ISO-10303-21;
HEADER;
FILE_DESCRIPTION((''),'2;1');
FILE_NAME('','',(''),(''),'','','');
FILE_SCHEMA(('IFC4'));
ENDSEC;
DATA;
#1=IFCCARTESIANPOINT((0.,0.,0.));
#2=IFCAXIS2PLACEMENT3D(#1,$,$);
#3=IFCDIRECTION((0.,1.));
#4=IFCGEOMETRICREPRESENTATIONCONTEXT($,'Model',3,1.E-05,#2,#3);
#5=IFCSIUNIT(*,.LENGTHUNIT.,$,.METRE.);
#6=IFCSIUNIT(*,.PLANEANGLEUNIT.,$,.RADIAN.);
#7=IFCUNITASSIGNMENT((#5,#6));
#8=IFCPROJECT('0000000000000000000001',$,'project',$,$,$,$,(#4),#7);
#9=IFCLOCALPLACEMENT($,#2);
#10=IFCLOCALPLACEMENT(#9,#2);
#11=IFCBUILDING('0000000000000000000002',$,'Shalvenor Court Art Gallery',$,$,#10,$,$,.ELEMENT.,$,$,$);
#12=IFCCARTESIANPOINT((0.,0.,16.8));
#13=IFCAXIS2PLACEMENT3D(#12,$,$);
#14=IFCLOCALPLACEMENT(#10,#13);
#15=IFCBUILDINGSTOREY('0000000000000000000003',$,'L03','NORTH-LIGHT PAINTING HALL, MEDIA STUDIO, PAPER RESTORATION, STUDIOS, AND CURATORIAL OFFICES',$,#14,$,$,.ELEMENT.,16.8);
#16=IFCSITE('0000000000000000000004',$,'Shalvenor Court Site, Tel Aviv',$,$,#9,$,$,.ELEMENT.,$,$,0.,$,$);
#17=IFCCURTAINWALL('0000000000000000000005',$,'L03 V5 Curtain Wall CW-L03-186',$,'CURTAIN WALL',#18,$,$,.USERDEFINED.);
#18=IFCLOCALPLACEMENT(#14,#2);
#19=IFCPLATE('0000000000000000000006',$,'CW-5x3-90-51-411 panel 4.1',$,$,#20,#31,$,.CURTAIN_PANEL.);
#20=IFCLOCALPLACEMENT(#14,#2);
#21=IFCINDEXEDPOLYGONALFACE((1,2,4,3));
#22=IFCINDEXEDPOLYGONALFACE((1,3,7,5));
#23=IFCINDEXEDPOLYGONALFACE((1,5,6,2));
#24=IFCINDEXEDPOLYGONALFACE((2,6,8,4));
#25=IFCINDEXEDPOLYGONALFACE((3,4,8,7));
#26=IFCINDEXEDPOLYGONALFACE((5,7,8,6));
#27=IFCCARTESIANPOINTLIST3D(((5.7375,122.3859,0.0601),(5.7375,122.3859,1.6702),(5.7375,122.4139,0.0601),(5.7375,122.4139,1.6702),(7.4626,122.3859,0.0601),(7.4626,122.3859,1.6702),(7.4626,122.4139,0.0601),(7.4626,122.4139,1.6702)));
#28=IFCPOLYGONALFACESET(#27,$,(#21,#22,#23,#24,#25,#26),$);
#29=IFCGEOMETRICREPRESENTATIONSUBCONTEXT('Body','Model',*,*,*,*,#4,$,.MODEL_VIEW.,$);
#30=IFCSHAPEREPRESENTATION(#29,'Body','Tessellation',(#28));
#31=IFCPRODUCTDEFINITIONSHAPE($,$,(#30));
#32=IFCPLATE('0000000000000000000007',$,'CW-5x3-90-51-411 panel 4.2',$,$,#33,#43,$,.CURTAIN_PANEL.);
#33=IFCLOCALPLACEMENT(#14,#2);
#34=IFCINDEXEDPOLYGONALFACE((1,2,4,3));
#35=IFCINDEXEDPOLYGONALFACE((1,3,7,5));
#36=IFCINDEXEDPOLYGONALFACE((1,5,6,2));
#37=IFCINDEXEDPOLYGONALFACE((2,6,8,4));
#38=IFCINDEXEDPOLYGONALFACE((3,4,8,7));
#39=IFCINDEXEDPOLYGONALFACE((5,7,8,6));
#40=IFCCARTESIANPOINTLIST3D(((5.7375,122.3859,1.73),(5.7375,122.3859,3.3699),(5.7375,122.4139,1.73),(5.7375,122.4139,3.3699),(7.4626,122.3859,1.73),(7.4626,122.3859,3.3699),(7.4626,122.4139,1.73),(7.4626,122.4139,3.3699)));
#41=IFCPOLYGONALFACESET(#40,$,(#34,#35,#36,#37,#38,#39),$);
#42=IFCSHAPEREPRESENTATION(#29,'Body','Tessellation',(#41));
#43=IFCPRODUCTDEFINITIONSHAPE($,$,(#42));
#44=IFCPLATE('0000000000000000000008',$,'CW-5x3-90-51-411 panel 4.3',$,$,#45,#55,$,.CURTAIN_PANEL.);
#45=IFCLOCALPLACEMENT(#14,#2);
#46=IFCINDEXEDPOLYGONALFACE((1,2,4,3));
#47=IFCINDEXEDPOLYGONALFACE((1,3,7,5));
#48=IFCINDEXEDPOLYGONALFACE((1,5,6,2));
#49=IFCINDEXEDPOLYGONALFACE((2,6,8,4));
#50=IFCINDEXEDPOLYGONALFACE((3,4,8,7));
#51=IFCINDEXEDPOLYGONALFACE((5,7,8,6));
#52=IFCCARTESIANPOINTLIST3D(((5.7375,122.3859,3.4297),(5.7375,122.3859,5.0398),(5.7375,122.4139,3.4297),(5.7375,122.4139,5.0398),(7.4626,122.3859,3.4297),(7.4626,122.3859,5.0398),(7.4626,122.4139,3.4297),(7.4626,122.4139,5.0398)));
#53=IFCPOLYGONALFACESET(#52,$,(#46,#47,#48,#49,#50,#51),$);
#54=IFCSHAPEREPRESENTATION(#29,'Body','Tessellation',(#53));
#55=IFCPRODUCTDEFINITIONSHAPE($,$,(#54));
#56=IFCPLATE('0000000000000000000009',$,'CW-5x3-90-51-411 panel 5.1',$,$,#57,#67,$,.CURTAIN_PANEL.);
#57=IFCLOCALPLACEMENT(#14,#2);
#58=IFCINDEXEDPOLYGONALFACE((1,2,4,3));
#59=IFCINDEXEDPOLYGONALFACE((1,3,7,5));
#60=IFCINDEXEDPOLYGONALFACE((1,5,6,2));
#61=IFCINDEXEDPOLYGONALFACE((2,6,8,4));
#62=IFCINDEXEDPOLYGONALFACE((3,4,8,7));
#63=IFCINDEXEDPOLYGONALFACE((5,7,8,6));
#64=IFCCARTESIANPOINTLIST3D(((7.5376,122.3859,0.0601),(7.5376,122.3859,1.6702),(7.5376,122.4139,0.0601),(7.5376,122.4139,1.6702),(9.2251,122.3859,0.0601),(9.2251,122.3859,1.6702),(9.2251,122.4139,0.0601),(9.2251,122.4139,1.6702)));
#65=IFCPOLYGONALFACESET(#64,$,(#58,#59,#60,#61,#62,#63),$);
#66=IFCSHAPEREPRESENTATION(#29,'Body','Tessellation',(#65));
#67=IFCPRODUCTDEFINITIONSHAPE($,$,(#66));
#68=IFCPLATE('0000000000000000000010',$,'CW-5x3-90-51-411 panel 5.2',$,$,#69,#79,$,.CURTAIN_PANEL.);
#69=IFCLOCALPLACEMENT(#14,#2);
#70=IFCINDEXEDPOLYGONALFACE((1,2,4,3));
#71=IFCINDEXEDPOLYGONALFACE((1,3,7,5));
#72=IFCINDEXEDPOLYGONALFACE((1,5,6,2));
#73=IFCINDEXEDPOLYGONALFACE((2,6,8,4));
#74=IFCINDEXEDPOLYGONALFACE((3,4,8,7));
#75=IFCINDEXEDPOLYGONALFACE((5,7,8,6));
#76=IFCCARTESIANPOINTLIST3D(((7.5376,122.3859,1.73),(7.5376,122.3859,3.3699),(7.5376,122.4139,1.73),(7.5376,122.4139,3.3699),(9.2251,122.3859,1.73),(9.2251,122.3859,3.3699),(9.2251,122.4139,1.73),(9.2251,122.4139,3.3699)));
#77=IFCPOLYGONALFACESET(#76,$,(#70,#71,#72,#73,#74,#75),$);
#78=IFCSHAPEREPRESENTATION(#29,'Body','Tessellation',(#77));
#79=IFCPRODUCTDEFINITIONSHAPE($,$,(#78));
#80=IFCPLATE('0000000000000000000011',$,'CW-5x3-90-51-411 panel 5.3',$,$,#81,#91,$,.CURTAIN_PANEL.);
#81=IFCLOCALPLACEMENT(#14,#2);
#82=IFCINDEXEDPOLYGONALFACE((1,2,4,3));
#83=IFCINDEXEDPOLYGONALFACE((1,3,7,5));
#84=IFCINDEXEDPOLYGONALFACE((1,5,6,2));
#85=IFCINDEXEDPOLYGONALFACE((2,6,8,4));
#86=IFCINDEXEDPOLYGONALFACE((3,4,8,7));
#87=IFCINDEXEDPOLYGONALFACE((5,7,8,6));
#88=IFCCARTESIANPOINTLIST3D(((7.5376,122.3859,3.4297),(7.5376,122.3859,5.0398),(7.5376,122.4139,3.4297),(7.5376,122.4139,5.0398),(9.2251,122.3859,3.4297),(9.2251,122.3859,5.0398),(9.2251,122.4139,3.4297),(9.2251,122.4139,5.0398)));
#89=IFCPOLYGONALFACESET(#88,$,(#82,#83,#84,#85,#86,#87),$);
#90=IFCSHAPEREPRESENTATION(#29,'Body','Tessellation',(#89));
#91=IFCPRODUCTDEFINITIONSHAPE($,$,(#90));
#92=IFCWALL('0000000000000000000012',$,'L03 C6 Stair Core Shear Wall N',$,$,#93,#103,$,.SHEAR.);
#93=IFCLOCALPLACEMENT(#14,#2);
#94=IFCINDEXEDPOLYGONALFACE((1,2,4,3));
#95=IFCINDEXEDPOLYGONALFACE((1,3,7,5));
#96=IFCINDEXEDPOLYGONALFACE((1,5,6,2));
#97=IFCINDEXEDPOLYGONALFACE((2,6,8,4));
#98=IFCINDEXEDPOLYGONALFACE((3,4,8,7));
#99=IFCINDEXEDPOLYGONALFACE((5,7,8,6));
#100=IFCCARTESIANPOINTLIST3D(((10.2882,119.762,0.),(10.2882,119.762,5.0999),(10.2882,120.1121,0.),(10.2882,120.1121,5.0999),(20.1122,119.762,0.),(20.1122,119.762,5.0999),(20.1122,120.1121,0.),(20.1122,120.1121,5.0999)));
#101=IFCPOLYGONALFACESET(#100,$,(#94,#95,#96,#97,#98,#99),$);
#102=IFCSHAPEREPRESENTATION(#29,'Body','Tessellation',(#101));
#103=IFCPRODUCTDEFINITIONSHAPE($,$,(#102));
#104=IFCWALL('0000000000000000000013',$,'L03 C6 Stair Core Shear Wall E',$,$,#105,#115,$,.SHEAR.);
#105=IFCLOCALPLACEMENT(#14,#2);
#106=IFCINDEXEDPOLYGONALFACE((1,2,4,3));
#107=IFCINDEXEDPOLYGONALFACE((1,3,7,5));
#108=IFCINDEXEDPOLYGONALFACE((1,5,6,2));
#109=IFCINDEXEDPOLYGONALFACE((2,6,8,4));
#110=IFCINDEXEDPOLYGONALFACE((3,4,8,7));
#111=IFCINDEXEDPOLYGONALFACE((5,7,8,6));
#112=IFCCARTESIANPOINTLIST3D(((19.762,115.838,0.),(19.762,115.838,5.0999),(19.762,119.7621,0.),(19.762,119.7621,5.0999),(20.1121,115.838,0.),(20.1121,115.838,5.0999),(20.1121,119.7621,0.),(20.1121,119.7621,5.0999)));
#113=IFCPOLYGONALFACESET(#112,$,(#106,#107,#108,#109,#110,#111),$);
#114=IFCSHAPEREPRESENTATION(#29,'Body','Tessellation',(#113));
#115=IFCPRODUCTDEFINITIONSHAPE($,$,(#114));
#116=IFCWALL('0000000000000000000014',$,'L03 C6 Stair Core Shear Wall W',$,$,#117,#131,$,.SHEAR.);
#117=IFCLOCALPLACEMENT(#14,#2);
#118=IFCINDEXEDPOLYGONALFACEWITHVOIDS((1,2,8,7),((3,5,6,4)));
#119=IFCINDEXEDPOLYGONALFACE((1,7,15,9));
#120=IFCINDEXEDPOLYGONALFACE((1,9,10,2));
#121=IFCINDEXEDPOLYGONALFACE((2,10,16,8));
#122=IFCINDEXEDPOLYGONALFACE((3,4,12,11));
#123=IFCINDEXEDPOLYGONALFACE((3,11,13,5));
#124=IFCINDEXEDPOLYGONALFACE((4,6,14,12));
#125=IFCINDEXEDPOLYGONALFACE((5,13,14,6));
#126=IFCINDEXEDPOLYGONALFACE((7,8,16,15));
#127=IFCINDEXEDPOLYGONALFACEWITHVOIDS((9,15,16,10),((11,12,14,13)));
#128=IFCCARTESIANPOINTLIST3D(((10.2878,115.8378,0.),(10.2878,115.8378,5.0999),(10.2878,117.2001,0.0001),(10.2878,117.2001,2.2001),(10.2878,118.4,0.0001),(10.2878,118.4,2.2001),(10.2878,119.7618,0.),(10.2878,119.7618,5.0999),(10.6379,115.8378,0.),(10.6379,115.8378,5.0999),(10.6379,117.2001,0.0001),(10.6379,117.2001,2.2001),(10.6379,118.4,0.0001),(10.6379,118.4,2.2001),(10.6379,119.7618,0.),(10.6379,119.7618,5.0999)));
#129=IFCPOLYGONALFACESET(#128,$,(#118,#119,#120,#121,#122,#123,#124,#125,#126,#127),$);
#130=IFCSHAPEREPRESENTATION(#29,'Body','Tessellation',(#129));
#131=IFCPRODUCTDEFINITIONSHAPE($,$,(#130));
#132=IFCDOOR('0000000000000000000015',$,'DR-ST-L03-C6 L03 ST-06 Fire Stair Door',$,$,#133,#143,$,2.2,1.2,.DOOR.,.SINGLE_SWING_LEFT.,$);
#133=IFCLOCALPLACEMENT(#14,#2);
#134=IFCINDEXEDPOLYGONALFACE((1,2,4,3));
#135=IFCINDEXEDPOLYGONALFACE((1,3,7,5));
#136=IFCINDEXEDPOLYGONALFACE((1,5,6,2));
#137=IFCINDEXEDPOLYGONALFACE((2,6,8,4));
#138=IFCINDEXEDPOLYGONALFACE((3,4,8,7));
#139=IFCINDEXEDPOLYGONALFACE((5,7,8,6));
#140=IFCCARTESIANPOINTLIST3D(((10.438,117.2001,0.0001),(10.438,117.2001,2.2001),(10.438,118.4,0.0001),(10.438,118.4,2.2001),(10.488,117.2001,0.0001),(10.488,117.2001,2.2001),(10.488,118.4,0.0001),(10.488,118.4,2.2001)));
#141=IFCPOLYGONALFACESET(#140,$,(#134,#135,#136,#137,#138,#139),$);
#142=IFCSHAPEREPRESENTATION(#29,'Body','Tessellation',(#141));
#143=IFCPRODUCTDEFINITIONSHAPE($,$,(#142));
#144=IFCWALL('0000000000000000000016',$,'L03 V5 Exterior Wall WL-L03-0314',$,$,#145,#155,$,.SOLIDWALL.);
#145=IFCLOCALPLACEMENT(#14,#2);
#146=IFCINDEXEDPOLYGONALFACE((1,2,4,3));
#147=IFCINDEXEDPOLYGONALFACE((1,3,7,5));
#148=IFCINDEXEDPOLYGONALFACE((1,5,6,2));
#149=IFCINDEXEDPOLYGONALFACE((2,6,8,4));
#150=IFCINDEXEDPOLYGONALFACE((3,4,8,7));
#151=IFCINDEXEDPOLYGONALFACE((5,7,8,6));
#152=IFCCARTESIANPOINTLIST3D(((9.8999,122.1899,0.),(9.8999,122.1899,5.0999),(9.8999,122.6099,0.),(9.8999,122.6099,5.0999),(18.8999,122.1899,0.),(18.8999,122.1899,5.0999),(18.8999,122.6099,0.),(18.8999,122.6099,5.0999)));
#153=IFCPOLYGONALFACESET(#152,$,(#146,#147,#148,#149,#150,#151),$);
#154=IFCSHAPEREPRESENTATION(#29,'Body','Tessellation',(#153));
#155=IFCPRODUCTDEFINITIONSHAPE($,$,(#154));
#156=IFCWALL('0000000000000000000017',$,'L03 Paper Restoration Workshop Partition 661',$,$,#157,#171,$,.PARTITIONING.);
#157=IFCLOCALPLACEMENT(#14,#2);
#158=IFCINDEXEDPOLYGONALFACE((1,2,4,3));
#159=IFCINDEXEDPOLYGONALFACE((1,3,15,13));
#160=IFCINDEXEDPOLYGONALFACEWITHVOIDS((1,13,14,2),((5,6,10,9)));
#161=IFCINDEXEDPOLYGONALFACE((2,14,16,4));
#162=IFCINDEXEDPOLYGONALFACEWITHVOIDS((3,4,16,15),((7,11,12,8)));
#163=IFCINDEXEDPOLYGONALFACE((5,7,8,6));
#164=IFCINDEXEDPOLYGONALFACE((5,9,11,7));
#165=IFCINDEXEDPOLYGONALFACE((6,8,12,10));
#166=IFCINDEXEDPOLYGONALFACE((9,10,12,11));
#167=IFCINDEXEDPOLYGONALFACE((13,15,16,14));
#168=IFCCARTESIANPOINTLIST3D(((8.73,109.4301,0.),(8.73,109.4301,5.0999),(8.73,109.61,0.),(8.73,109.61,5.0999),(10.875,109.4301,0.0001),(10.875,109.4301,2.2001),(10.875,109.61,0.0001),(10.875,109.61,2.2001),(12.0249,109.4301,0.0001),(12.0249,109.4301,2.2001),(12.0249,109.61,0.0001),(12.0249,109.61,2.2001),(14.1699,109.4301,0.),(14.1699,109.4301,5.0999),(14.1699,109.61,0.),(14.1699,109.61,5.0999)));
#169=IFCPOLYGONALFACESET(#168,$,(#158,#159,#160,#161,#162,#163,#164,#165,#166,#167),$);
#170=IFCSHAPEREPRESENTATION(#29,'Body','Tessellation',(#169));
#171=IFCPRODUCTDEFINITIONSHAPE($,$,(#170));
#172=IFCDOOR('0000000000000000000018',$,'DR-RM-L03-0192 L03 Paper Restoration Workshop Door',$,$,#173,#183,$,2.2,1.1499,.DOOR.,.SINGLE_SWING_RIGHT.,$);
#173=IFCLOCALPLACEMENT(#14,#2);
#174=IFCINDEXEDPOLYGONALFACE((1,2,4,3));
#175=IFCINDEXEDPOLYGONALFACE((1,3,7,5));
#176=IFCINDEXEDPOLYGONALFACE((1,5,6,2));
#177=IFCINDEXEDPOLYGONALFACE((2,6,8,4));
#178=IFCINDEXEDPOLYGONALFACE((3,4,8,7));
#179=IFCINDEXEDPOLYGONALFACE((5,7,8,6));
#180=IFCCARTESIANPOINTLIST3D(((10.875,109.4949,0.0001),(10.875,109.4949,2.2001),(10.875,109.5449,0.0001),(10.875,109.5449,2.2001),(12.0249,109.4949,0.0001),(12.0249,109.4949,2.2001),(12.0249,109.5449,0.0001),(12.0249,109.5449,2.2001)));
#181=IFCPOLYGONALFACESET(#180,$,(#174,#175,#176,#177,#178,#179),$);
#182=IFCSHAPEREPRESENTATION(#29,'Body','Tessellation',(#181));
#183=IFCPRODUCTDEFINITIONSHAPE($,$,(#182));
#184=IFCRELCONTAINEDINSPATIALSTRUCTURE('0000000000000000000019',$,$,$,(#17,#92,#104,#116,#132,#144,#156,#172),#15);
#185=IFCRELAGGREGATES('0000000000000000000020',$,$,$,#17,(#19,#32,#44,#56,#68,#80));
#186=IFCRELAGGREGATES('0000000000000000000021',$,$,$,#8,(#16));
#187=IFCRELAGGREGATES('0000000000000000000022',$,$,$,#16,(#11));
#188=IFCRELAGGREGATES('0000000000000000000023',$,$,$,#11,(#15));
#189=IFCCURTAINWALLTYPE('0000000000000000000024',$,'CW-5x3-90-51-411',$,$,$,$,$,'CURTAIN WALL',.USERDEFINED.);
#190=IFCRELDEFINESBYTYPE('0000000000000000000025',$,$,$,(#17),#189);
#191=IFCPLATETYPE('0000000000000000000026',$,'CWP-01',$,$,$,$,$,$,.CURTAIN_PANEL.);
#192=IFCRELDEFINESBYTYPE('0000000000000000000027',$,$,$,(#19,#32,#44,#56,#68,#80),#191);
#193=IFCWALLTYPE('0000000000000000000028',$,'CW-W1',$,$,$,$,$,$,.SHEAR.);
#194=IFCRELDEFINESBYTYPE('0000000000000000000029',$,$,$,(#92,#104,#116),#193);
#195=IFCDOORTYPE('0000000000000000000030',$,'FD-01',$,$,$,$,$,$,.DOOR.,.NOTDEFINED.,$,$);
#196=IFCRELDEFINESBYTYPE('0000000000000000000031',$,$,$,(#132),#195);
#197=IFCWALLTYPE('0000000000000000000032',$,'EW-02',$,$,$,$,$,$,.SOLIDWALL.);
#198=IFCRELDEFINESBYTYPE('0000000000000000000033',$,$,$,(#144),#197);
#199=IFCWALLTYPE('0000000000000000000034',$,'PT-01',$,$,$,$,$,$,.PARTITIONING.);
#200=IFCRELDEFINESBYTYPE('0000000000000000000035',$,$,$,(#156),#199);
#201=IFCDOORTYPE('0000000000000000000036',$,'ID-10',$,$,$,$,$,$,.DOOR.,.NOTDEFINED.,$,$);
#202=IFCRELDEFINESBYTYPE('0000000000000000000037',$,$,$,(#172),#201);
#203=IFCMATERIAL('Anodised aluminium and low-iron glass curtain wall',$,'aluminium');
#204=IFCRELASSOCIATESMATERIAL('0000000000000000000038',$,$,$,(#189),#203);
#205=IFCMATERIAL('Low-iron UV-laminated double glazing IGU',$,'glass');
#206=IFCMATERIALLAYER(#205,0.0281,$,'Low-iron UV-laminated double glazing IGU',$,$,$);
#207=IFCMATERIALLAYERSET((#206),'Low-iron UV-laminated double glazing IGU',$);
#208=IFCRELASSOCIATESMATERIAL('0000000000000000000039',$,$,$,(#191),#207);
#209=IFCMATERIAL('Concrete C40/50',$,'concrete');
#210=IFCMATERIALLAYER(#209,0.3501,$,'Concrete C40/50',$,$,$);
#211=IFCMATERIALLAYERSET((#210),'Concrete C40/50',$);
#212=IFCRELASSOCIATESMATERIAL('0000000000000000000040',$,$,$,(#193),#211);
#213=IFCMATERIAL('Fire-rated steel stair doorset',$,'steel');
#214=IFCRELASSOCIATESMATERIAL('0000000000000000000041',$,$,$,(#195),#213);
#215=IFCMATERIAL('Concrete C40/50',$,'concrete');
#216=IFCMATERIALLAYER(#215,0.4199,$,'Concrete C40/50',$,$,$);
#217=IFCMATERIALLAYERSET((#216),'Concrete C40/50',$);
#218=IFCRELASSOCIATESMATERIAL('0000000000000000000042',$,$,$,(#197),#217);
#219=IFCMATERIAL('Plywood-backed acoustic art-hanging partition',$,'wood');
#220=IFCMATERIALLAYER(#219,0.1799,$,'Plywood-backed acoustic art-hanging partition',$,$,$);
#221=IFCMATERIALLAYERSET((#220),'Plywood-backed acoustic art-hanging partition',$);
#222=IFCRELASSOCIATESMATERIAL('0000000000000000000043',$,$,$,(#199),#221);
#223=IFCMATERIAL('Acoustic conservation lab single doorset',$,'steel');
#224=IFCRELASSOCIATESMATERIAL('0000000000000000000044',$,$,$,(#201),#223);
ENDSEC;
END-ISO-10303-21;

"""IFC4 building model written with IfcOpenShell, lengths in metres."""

from ifc_helpers import new_model, si_unit, direction, frame, frame_2d, origin, origin_2d, place, context, subcontext, project, spatial, rectangle, extrude, material, layer, layer_set, type_object, element, fill, aggregate, save


model = new_model("IFC4")

# Units and contexts
model_context = context("Model", 3, precision=1e-05, world=origin(), true_north=direction((0.0, 1.0)))
body_context = subcontext(model_context, "Body", "Model", "MODEL_VIEW")
ifc_project = project(units=[si_unit("LENGTHUNIT", "METRE"), si_unit("PLANEANGLEUNIT", "RADIAN")], contexts=[model_context])

# Site, building, storey
site_placement = place(None, origin())
site = spatial("IfcSite", under=ifc_project, at=site_placement, Name="Shalvenor Court Site, Tel Aviv", CompositionType="ELEMENT", RefElevation=0.0)
building_placement = place(site_placement, origin())
building = spatial("IfcBuilding", under=site, at=building_placement, Name="Shalvenor Court Art Gallery", CompositionType="ELEMENT")
storey_placement = place(building_placement, frame((0.0, 0.0, 16.8)))
storey = spatial("IfcBuildingStorey", under=building, at=storey_placement, Name="L03", Description="NORTH-LIGHT PAINTING HALL, MEDIA STUDIO, PAPER RESTORATION, STUDIOS, AND CURATORIAL OFFICES", CompositionType="ELEMENT", Elevation=16.8)

# Curtain wall
ifc_material_1 = material(Name="Anodised aluminium and low-iron glass curtain wall", Category="aluminium")
curtain_wall_type_1 = type_object("IfcCurtainWallType", Name="CW-5x3-90-51-411", ElementType="CURTAIN WALL", PredefinedType="USERDEFINED", material=ifc_material_1)
curtain_wall_1_placement = place(storey_placement, origin())
curtain_wall_1 = element("IfcCurtainWall", 1, at=curtain_wall_1_placement, inside=storey, type_object=curtain_wall_type_1, Name="L03 V5 Curtain Wall CW-L03-186", ObjectType="CURTAIN WALL", PredefinedType="USERDEFINED")

# Plates
ifc_material_2 = material(Name="Low-iron UV-laminated double glazing IGU", Category="glass")
ifc_layer_1 = layer(ifc_material_2, 0.0281, Name="Low-iron UV-laminated double glazing IGU")
ifc_layer_set_1 = layer_set([ifc_layer_1], Name="Low-iron UV-laminated double glazing IGU")
plate_type = type_object("IfcPlateType", Name="CWP-01", PredefinedType="CURTAIN_PANEL", material=ifc_layer_set_1)
plate_1_placement = place(storey_placement, frame((6.6001, 122.3999, 0.0601), z_axis=(0.0, 0.0, 1.0), x_axis=(1.0, 0.0, 0.0)))
plate_1 = element("IfcPlate", 2, at=plate_1_placement, type_object=plate_type, Name="CW-5x3-90-51-411 panel 4.1", PredefinedType="CURTAIN_PANEL", context=body_context, shape_type="SweptSolid", body=[
    extrude(rectangle(XDim=1.7251, YDim=0.0281, at=origin_2d()), origin(), (0.0, 0.0, 1.0), 1.6101),
])
plate_2_placement = place(storey_placement, frame((6.6001, 122.3999, 1.73), z_axis=(0.0, 0.0, 1.0), x_axis=(1.0, 0.0, 0.0)))
plate_2 = element("IfcPlate", 3, at=plate_2_placement, type_object=plate_type, Name="CW-5x3-90-51-411 panel 4.2", PredefinedType="CURTAIN_PANEL", context=body_context, shape_type="SweptSolid", body=[
    extrude(rectangle(XDim=1.7251, YDim=0.0281, at=origin_2d()), origin(), (0.0, 0.0, 1.0), 1.6399),
])
plate_3_placement = place(storey_placement, frame((6.6001, 122.3999, 3.4297), z_axis=(0.0, 0.0, 1.0), x_axis=(1.0, 0.0, 0.0)))
plate_3 = element("IfcPlate", 4, at=plate_3_placement, type_object=plate_type, Name="CW-5x3-90-51-411 panel 4.3", PredefinedType="CURTAIN_PANEL", context=body_context, shape_type="SweptSolid", body=[
    extrude(rectangle(XDim=1.7251, YDim=0.0281, at=origin_2d()), origin(), (0.0, 0.0, 1.0), 1.6101),
])
plate_4_placement = place(storey_placement, frame((8.3813, 122.3999, 0.0601), z_axis=(0.0, 0.0, 1.0), x_axis=(1.0, 0.0, 0.0)))
plate_4 = element("IfcPlate", 5, at=plate_4_placement, type_object=plate_type, Name="CW-5x3-90-51-411 panel 5.1", PredefinedType="CURTAIN_PANEL", context=body_context, shape_type="SweptSolid", body=[
    extrude(rectangle(XDim=1.6875, YDim=0.0281, at=origin_2d()), origin(), (0.0, 0.0, 1.0), 1.6101),
])
plate_5_placement = place(storey_placement, frame((8.3813, 122.3999, 1.73), z_axis=(0.0, 0.0, 1.0), x_axis=(1.0, 0.0, 0.0)))
plate_5 = element("IfcPlate", 6, at=plate_5_placement, type_object=plate_type, Name="CW-5x3-90-51-411 panel 5.2", PredefinedType="CURTAIN_PANEL", context=body_context, shape_type="SweptSolid", body=[
    extrude(rectangle(XDim=1.6875, YDim=0.0281, at=origin_2d()), origin(), (0.0, 0.0, 1.0), 1.6399),
])
plate_6_placement = place(storey_placement, frame((8.3813, 122.3999, 3.4297), z_axis=(0.0, 0.0, 1.0), x_axis=(1.0, 0.0, 0.0)))
plate_6 = element("IfcPlate", 7, at=plate_6_placement, type_object=plate_type, Name="CW-5x3-90-51-411 panel 5.3", PredefinedType="CURTAIN_PANEL", context=body_context, shape_type="SweptSolid", body=[
    extrude(rectangle(XDim=1.6875, YDim=0.0281, at=origin_2d()), origin(), (0.0, 0.0, 1.0), 1.6101),
])
aggregate(curtain_wall_1, [plate_1, plate_2, plate_3, plate_4, plate_5, plate_6])

# Walls
ifc_material_3 = material(Name="Concrete C40/50", Category="concrete")
ifc_layer_2 = layer(ifc_material_3, 0.3501, Name="Concrete C40/50")
ifc_layer_set_2 = layer_set([ifc_layer_2], Name="Concrete C40/50")
wall_type_1 = type_object("IfcWallType", Name="CW-W1", PredefinedType="SHEAR", material=ifc_layer_set_2)
wall_1_placement = place(storey_placement, frame((10.2881, 119.937, 0.0), z_axis=(0.0, 0.0, 1.0), x_axis=(1.0, 0.0, 0.0)))
element("IfcWall", 8, at=wall_1_placement, inside=storey, type_object=wall_type_1, Name="L03 C6 Stair Core Shear Wall N", PredefinedType="SHEAR", context=body_context, shape_type="SweptSolid", body=[
    extrude(rectangle(XDim=9.824, YDim=0.3501, at=frame_2d((4.9121, 0.0))), origin(), (0.0, 0.0, 1.0), 5.0999),
])
wall_2_placement = place(storey_placement, frame((19.937, 119.762, 0.0), z_axis=(0.0, 0.0, 1.0), x_axis=(0.0, -1.0, 0.0)))
element("IfcWall", 9, at=wall_2_placement, inside=storey, type_object=wall_type_1, Name="L03 C6 Stair Core Shear Wall E", PredefinedType="SHEAR", context=body_context, shape_type="SweptSolid", body=[
    extrude(rectangle(XDim=3.9241, YDim=0.3501, at=frame_2d((1.9619, 0.0))), origin(), (0.0, 0.0, 1.0), 5.0999),
])

# Wall, opening, door
wall_3_placement = place(storey_placement, frame((10.4629, 115.8379, 0.0), z_axis=(0.0, 0.0, 1.0), x_axis=(0.0, 1.0, 0.0)))
wall_3 = element("IfcWall", 10, at=wall_3_placement, inside=storey, type_object=wall_type_1, Name="L03 C6 Stair Core Shear Wall W", PredefinedType="SHEAR", context=body_context, shape_type="SweptSolid", body=[
    extrude(rectangle(XDim=3.9241, YDim=0.3501, at=frame_2d((1.9619, 0.0))), origin(), (0.0, 0.0, 1.0), 5.0999),
])
opening_1_placement = place(wall_3_placement, frame((1.3621, 0.0, 0.0)))
opening_1 = element("IfcOpeningElement", 11, at=opening_1_placement, cuts=wall_3, PredefinedType="OPENING", context=body_context, shape_type="SweptSolid", body=[
    extrude(rectangle(XDim=1.2, YDim=2.2, at=frame_2d((0.6001, 1.1001))), frame((0.0, 0.1851, 0.0), z_axis=(0.0, -1.0, 0.0), x_axis=(1.0, 0.0, 0.0)), (0.0, 0.0, 1.0), 0.3701),
])
ifc_material_4 = material(Name="Fire-rated steel stair doorset", Category="steel")
door_type_1 = type_object("IfcDoorType", Name="FD-01", OperationType="NOTDEFINED", PredefinedType="DOOR", material=ifc_material_4)
door_1_placement = place(opening_1_placement, origin())
door_1 = element("IfcDoor", 12, at=door_1_placement, inside=storey, type_object=door_type_1, Name="DR-ST-L03-C6 L03 ST-06 Fire Stair Door", OperationType="SINGLE_SWING_LEFT", OverallHeight=2.2, OverallWidth=1.2, PredefinedType="DOOR", context=body_context, shape_type="SweptSolid", body=[
    extrude(rectangle(XDim=1.2, YDim=2.2, at=frame_2d((0.6001, 1.1001))), frame((0.0, 0.0249, 0.0), z_axis=(0.0, -1.0, 0.0), x_axis=(1.0, 0.0, 0.0)), (0.0, 0.0, 1.0), 0.05),
])
fill(opening_1, door_1)

# Wall
ifc_material_5 = material(Name="Concrete C40/50", Category="concrete")
ifc_layer_3 = layer(ifc_material_5, 0.4199, Name="Concrete C40/50")
ifc_layer_set_3 = layer_set([ifc_layer_3], Name="Concrete C40/50")
wall_type_2 = type_object("IfcWallType", Name="EW-02", PredefinedType="SOLIDWALL", material=ifc_layer_set_3)
wall_4_placement = place(storey_placement, frame((9.8999, 122.3999, 0.0), z_axis=(0.0, 0.0, 1.0), x_axis=(1.0, 0.0, 0.0)))
element("IfcWall", 13, at=wall_4_placement, inside=storey, type_object=wall_type_2, Name="L03 V5 Exterior Wall WL-L03-0314", PredefinedType="SOLIDWALL", context=body_context, shape_type="SweptSolid", body=[
    extrude(rectangle(XDim=9.0, YDim=0.4199, at=frame_2d((4.5, 0.0))), origin(), (0.0, 0.0, 1.0), 5.0999),
])

# Wall, opening, door
ifc_material_6 = material(Name="Plywood-backed acoustic art-hanging partition", Category="wood")
ifc_layer_4 = layer(ifc_material_6, 0.1799, Name="Plywood-backed acoustic art-hanging partition")
ifc_layer_set_4 = layer_set([ifc_layer_4], Name="Plywood-backed acoustic art-hanging partition")
wall_type_3 = type_object("IfcWallType", Name="PT-01", PredefinedType="PARTITIONING", material=ifc_layer_set_4)
wall_5_placement = place(storey_placement, frame((8.73, 109.52, 0.0), z_axis=(0.0, 0.0, 1.0), x_axis=(1.0, 0.0, 0.0)))
wall_5 = element("IfcWall", 14, at=wall_5_placement, inside=storey, type_object=wall_type_3, Name="L03 Paper Restoration Workshop Partition 661", PredefinedType="PARTITIONING", context=body_context, shape_type="SweptSolid", body=[
    extrude(rectangle(XDim=5.4399, YDim=0.1799, at=frame_2d((2.72, 0.0))), origin(), (0.0, 0.0, 1.0), 5.0999),
])
opening_2_placement = place(wall_5_placement, frame((2.145, 0.0, 0.0)))
opening_2 = element("IfcOpeningElement", 15, at=opening_2_placement, cuts=wall_5, PredefinedType="OPENING", context=body_context, shape_type="SweptSolid", body=[
    extrude(rectangle(XDim=1.1499, YDim=2.2, at=frame_2d((0.575, 1.1001))), frame((0.0, 0.0999, 0.0), z_axis=(0.0, -1.0, 0.0), x_axis=(1.0, 0.0, 0.0)), (0.0, 0.0, 1.0), 0.2),
])
ifc_material_7 = material(Name="Acoustic conservation lab single doorset", Category="steel")
door_type_2 = type_object("IfcDoorType", Name="ID-10", OperationType="NOTDEFINED", PredefinedType="DOOR", material=ifc_material_7)
door_2_placement = place(opening_2_placement, origin())
door_2 = element("IfcDoor", 16, at=door_2_placement, inside=storey, type_object=door_type_2, Name="DR-RM-L03-0192 L03 Paper Restoration Workshop Door", OperationType="SINGLE_SWING_RIGHT", OverallHeight=2.2, OverallWidth=1.1499, PredefinedType="DOOR", context=body_context, shape_type="SweptSolid", body=[
    extrude(rectangle(XDim=1.1499, YDim=2.2, at=frame_2d((0.575, 1.1001))), frame((0.0, 0.0249, 0.0), z_axis=(0.0, -1.0, 0.0), x_axis=(1.0, 0.0, 0.0)), (0.0, 0.0, 1.0), 0.05),
])
fill(opening_2, door_2)

save(model, "model.ifc")
